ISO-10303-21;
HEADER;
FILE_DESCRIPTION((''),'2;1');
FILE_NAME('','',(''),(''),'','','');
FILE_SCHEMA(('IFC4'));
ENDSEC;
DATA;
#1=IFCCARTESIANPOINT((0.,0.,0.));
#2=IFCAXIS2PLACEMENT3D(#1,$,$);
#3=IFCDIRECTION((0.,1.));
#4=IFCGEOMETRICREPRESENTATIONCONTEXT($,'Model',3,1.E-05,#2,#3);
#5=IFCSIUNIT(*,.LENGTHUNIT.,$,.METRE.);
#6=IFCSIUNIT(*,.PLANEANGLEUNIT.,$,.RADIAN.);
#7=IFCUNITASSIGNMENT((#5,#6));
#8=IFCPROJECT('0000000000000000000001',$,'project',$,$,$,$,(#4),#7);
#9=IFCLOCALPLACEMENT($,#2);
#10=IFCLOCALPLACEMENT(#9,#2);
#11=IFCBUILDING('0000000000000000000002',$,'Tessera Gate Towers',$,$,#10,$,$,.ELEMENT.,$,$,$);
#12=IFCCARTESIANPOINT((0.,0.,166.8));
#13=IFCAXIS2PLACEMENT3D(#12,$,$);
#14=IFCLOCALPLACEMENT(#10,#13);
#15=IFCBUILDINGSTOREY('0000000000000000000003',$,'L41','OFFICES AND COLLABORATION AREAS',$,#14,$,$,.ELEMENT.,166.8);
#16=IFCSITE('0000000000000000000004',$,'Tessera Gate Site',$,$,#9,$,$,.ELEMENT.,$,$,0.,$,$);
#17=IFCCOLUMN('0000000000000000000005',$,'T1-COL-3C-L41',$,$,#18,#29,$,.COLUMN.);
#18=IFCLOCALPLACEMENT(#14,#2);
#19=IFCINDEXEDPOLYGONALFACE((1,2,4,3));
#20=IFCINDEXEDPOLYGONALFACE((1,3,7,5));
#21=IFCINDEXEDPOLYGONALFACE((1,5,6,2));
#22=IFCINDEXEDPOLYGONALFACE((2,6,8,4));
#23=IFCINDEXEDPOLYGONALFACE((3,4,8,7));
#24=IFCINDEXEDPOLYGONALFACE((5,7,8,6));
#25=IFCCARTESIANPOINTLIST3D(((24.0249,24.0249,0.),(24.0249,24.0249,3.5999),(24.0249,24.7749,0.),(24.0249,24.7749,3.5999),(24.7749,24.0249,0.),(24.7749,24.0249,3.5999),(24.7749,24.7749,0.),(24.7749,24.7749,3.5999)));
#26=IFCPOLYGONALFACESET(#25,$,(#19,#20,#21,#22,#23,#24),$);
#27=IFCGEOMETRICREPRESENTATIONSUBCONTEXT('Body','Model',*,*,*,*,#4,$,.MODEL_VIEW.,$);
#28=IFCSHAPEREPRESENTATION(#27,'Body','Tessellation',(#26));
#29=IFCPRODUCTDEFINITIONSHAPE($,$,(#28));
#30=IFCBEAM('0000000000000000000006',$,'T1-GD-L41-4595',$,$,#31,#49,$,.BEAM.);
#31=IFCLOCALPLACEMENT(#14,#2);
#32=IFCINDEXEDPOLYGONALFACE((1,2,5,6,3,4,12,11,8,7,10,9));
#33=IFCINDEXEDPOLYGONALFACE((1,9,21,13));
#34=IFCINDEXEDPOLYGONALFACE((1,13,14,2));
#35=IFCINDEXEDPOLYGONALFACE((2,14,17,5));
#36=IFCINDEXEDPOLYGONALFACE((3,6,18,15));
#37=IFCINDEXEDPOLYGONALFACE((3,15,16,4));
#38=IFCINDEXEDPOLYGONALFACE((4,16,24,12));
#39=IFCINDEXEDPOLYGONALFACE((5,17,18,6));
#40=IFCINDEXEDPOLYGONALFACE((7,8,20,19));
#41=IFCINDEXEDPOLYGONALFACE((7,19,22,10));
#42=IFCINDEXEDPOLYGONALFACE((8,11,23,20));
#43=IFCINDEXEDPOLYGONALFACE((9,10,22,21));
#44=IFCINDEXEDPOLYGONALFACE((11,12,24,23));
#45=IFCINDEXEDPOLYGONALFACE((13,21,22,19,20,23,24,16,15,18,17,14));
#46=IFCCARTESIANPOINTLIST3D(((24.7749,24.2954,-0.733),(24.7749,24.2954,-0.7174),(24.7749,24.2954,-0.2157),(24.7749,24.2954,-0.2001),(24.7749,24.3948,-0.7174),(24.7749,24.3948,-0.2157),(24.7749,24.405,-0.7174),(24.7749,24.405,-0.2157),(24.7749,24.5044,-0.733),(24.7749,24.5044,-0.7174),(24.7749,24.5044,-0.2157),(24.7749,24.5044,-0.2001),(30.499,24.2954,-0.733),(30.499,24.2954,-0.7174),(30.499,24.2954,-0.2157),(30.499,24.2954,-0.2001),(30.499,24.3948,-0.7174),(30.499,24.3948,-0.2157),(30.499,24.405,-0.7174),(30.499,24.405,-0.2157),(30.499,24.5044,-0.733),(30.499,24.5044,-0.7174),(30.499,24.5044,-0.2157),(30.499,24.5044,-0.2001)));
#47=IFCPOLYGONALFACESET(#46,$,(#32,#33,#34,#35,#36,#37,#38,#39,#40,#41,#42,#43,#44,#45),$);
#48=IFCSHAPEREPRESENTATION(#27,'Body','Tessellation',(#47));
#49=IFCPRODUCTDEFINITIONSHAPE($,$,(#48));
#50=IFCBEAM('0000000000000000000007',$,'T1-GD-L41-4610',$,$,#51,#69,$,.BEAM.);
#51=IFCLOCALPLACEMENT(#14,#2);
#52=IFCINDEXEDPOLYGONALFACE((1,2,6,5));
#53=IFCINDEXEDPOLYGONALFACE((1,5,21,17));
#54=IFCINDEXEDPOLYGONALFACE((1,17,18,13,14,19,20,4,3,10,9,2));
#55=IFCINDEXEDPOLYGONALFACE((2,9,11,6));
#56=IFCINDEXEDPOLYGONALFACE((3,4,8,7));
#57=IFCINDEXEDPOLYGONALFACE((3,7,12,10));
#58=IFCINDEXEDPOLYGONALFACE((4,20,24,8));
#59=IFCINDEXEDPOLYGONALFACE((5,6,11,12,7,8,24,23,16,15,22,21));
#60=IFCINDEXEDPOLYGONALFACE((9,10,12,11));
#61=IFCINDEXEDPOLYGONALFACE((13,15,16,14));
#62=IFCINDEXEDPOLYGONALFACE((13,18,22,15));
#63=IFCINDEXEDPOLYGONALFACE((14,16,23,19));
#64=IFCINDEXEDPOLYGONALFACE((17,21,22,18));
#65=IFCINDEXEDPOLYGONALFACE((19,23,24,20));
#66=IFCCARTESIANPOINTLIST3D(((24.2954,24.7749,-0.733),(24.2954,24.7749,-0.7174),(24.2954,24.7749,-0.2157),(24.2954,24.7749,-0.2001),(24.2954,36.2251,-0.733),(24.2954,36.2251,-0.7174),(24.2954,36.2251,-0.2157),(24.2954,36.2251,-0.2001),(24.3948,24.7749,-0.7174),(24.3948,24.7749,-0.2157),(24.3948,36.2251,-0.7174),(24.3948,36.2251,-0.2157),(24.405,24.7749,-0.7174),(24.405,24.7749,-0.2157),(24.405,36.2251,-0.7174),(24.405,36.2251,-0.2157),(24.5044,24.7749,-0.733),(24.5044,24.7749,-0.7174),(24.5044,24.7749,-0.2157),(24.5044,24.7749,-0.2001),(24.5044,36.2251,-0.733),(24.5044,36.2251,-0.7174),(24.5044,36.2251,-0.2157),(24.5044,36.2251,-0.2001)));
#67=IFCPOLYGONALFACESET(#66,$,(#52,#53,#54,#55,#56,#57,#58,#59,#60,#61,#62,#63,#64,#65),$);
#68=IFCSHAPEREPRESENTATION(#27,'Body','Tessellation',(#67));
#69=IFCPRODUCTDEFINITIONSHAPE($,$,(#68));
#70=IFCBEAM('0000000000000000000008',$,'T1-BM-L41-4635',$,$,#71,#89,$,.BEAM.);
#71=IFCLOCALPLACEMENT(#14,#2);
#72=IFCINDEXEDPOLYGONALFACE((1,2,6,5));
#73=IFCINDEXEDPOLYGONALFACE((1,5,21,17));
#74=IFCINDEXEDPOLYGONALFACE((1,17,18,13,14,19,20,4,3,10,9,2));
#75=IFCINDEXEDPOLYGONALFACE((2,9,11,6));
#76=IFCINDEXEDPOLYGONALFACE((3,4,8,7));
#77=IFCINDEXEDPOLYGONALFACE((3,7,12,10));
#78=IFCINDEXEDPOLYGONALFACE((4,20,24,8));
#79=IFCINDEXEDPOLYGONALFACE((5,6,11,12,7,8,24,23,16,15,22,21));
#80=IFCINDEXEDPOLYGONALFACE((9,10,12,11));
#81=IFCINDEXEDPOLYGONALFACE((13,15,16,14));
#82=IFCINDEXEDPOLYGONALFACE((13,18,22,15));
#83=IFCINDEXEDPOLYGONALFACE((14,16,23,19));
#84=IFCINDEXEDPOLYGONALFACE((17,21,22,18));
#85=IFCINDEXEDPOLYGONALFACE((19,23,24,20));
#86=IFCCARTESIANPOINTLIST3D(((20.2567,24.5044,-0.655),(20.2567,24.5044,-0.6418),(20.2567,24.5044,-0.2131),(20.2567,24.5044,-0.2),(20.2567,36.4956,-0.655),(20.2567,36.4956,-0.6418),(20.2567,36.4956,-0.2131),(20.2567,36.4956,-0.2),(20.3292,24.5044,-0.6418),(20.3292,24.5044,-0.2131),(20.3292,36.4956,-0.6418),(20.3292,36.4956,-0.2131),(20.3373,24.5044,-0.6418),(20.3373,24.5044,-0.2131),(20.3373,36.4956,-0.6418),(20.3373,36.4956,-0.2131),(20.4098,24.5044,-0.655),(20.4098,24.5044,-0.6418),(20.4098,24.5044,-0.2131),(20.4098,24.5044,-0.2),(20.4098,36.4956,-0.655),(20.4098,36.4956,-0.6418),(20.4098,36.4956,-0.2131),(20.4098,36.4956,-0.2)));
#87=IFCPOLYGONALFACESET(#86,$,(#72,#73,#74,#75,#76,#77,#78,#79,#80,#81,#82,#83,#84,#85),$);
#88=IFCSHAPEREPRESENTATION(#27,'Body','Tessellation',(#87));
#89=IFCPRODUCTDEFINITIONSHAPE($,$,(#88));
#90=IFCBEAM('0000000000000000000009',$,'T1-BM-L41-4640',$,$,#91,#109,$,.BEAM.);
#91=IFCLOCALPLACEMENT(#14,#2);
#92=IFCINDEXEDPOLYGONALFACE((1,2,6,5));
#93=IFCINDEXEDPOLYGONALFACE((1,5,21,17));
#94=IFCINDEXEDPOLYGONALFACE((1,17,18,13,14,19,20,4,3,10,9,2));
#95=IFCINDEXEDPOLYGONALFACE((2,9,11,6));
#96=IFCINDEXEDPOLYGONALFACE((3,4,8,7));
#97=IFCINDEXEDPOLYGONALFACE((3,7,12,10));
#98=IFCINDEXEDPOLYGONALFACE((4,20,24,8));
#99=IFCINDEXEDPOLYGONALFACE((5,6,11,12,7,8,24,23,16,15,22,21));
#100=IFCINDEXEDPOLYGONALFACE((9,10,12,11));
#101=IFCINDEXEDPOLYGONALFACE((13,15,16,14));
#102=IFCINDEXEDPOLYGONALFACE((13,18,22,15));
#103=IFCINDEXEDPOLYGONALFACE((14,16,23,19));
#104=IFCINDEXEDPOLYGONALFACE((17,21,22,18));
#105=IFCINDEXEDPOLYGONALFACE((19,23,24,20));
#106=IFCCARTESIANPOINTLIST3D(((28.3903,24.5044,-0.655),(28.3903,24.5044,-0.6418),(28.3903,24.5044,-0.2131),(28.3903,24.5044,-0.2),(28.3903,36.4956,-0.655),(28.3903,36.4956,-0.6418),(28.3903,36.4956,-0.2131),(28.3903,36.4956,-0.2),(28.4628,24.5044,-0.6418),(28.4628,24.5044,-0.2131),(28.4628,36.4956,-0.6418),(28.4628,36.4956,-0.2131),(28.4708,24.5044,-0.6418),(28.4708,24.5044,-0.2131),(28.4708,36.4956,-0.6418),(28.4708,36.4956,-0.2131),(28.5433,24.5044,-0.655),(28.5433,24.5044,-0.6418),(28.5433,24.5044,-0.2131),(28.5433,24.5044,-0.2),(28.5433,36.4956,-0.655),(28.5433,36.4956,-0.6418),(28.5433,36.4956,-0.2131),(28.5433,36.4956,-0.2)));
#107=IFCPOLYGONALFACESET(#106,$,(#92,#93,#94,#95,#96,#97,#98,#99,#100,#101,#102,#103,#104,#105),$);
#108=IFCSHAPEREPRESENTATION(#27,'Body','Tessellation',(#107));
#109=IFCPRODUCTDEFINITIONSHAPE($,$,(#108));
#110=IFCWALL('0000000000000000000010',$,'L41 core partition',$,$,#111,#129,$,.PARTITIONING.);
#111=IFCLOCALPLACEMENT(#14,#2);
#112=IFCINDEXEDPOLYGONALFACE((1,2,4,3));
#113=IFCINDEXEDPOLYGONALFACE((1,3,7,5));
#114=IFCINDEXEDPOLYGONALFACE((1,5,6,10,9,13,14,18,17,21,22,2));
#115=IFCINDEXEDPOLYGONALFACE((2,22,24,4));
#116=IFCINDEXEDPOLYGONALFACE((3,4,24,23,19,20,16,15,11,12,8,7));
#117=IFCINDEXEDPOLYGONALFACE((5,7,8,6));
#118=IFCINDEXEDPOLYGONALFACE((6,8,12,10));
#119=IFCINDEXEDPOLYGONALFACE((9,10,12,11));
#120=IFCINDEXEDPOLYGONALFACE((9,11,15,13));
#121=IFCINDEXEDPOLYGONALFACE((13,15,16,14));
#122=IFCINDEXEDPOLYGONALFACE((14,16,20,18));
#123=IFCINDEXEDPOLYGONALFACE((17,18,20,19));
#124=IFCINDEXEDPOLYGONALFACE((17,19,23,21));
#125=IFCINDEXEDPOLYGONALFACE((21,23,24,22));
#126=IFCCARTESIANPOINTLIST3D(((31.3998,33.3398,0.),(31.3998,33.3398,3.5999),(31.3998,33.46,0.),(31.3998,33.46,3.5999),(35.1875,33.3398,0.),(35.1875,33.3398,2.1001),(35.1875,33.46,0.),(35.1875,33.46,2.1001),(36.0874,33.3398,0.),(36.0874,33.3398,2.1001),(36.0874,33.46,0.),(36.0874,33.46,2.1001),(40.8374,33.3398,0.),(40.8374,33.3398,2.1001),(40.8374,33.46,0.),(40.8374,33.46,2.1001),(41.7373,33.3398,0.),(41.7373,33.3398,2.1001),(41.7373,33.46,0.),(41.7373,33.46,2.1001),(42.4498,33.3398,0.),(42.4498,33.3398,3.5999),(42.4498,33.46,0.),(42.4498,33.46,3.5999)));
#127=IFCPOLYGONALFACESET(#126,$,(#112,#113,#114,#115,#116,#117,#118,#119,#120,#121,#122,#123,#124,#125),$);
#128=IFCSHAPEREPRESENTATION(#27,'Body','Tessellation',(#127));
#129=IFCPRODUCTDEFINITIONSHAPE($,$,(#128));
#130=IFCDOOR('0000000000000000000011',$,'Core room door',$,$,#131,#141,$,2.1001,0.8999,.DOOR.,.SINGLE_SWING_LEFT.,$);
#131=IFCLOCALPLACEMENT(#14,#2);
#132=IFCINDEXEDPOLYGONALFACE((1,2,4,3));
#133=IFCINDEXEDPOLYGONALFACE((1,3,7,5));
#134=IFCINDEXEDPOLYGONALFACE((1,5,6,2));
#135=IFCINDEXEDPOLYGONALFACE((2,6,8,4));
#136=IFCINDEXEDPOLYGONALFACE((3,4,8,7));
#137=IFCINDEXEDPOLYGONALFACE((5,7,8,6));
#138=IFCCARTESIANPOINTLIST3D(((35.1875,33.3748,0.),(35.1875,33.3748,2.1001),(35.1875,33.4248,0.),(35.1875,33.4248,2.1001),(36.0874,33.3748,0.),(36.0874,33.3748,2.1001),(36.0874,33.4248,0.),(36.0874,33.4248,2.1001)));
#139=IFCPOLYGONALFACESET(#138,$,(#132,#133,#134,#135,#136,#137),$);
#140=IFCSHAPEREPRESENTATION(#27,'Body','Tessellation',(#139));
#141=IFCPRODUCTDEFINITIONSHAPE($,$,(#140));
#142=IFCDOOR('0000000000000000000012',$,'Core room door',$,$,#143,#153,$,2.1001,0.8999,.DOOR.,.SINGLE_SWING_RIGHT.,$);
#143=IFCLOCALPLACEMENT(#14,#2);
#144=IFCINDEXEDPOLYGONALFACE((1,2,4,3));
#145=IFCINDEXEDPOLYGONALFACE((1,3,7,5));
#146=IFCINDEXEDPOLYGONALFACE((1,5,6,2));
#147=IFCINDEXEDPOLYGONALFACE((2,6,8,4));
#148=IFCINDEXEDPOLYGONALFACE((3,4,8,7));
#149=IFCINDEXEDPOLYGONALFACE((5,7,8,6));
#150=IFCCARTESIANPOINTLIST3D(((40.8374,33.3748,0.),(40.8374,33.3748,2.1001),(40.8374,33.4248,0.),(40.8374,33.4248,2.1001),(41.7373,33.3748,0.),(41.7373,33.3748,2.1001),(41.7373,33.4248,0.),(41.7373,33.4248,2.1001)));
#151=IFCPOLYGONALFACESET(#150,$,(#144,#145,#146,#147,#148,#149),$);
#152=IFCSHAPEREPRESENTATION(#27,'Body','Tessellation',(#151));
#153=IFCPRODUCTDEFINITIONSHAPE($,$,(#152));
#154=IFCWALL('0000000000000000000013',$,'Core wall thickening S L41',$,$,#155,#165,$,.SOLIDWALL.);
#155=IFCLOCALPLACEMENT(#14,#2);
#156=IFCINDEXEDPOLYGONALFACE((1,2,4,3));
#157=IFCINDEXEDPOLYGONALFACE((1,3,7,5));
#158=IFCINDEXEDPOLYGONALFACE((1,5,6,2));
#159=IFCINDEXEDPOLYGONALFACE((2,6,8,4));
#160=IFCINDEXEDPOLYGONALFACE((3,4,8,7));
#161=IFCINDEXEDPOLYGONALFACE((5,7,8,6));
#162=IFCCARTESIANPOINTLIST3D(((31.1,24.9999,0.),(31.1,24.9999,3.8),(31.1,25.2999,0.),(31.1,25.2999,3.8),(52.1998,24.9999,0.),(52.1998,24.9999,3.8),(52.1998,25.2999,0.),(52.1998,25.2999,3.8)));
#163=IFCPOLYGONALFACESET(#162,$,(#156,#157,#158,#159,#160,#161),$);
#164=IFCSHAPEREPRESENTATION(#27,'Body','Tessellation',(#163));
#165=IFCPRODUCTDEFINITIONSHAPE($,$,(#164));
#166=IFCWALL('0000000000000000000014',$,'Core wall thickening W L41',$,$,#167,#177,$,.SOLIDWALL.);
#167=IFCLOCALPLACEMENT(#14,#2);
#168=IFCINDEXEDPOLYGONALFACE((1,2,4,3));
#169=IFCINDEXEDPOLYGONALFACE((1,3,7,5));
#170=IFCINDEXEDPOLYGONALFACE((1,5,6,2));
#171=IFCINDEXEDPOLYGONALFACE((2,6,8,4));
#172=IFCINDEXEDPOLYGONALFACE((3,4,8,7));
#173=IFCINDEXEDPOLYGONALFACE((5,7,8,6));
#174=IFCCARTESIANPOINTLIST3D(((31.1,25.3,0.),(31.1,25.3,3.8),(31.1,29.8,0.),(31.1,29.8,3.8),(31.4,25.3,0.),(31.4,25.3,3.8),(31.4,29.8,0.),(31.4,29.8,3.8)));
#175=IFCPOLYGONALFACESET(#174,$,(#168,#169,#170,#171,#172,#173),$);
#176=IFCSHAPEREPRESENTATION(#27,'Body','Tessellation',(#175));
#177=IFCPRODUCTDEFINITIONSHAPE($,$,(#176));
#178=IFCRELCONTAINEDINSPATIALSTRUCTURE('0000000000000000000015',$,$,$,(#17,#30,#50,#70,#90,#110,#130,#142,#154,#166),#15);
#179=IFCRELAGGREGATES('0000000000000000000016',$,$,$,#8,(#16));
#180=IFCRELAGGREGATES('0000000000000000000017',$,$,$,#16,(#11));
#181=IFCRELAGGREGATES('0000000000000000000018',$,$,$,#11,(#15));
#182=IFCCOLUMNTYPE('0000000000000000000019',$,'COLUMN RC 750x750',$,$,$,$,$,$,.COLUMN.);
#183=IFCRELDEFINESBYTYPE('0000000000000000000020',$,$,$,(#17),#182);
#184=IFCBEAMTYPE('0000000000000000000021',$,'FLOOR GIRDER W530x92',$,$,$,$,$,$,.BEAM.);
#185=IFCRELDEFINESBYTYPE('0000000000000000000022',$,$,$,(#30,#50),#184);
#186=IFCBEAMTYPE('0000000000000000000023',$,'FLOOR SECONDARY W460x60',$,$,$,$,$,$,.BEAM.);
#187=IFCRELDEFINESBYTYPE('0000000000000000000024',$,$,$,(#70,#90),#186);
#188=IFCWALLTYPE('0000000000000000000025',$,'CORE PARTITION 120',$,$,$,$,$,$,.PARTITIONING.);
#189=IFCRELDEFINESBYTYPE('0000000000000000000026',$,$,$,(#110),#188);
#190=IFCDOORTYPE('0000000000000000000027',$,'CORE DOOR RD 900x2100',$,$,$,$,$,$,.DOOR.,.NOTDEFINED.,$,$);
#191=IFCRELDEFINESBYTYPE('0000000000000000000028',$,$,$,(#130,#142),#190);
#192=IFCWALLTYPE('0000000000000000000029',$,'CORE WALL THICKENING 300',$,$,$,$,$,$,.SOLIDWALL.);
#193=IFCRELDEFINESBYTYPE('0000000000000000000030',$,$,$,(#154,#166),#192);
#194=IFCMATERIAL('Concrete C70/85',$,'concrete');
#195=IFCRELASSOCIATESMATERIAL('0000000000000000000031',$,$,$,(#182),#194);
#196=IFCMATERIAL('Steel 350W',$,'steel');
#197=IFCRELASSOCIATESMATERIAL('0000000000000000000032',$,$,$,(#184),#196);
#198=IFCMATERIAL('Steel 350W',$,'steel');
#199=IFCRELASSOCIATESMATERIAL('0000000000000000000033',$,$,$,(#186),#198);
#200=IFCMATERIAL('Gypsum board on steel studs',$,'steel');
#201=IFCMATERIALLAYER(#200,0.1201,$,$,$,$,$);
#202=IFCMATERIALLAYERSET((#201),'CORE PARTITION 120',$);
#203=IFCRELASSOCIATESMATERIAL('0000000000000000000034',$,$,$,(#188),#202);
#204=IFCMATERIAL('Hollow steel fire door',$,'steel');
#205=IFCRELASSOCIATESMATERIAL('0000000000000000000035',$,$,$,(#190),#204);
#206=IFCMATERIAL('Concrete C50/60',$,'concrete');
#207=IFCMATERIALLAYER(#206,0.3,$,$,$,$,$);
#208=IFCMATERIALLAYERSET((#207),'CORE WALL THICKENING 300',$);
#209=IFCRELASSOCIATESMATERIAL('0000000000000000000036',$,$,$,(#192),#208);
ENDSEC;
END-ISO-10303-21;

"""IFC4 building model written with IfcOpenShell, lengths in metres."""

from ifc_helpers import new_model, si_unit, direction, frame, frame_2d, origin, origin_2d, place, context, subcontext, project, spatial, rectangle, i_section, extrude, source, transform, mapped, material, layer, layer_set, material_profile, profile_set, type_object, element, fill, save


model = new_model("IFC4")

# Units and contexts
model_context = context("Model", 3, precision=1e-05, world=origin(), true_north=direction((0.0, 1.0)))
body_context = subcontext(model_context, "Body", "Model", "MODEL_VIEW")
ifc_project = project(units=[si_unit("LENGTHUNIT", "METRE"), si_unit("PLANEANGLEUNIT", "RADIAN")], contexts=[model_context])

# Site, building, storey
site_placement = place(None, origin())
site = spatial("IfcSite", under=ifc_project, at=site_placement, Name="Tessera Gate Site", CompositionType="ELEMENT", RefElevation=0.0)
building_placement = place(site_placement, origin())
building = spatial("IfcBuilding", under=site, at=building_placement, Name="Tessera Gate Towers", CompositionType="ELEMENT")
storey_placement = place(building_placement, frame((0.0, 0.0, 166.8)))
storey = spatial("IfcBuildingStorey", under=building, at=storey_placement, Name="L41", Description="OFFICES AND COLLABORATION AREAS", CompositionType="ELEMENT", Elevation=166.8)

# Column
ifc_material_1 = material(Name="Concrete C70/85", Category="concrete")
ifc_material_profile_1 = material_profile(ifc_material_1, rectangle(XDim=0.75, YDim=0.75, at=origin_2d()), Name="RC 750x750")
ifc_profile_set_1 = profile_set([ifc_material_profile_1], Name="Concrete C70/85")
column_type = type_object("IfcColumnType", Name="COLUMN RC 750x750", PredefinedType="COLUMN", material=ifc_profile_set_1)
column_placement = place(storey_placement, frame((24.3999, 24.3999, 0.0), z_axis=(0.0, 0.0, 1.0), x_axis=(1.0, 0.0, 0.0)))
element("IfcColumn", 1, at=column_placement, inside=storey, type_object=column_type, Name="T1-COL-3C-L41", PredefinedType="COLUMN", context=body_context, shape_type="SweptSolid", body=[
    extrude(rectangle(XDim=0.75, YDim=0.75, at=origin_2d()), origin(), (0.0, 0.0, 1.0), 3.5999),
])

# Beams
ifc_material_2 = material(Name="Steel 350W", Category="steel")
ifc_material_profile_2 = material_profile(ifc_material_2, i_section(OverallWidth=0.209, OverallDepth=0.533, WebThickness=0.0103, FlangeThickness=0.0156, at=origin_2d()), Name="W530x92")
ifc_profile_set_2 = profile_set([ifc_material_profile_2], Name="Steel 350W")
beam_type_1 = type_object("IfcBeamType", Name="FLOOR GIRDER W530x92", PredefinedType="BEAM", material=ifc_profile_set_2)
beam_1_placement = place(storey_placement, frame((24.7749, 24.3999, -0.4666), z_axis=(1.0, 0.0, 0.0), x_axis=(0.0, 1.0, 0.0)))
element("IfcBeam", 2, at=beam_1_placement, inside=storey, type_object=beam_type_1, Name="T1-GD-L41-4595", PredefinedType="BEAM", context=body_context, shape_type="SweptSolid", body=[
    extrude(i_section(OverallWidth=0.209, OverallDepth=0.533, WebThickness=0.0103, FlangeThickness=0.0156, at=origin_2d()), origin(), (0.0, 0.0, 1.0), 5.7241),
])
beam_2_placement = place(storey_placement, frame((24.3999, 24.7749, -0.4666), z_axis=(0.0, 1.0, 0.0), x_axis=(-1.0, 0.0, 0.0)))
element("IfcBeam", 3, at=beam_2_placement, inside=storey, type_object=beam_type_1, Name="T1-GD-L41-4610", PredefinedType="BEAM", context=body_context, shape_type="SweptSolid", body=[
    extrude(i_section(OverallWidth=0.209, OverallDepth=0.533, WebThickness=0.0103, FlangeThickness=0.0156, at=origin_2d()), origin(), (0.0, 0.0, 1.0), 11.4502),
])
ifc_material_3 = material(Name="Steel 350W", Category="steel")
ifc_material_profile_3 = material_profile(ifc_material_3, i_section(OverallWidth=0.1531, OverallDepth=0.4551, WebThickness=0.0081, FlangeThickness=0.0132, at=origin_2d()), Name="W460x60")
ifc_profile_set_3 = profile_set([ifc_material_profile_3], Name="Steel 350W")
beam_type_2 = type_object("IfcBeamType", Name="FLOOR SECONDARY W460x60", PredefinedType="BEAM", material=ifc_profile_set_3)
for number, where, z_axis, x_axis, name in (
    (4, (20.3333, 24.5044, -0.4275), (0.0, 1.0, 0.0), (-1.0, 0.0, 0.0), "T1-BM-L41-4635"),
    (5, (28.4668, 24.5044, -0.4275), (0.0, 1.0, 0.0), (-1.0, 0.0, 0.0), "T1-BM-L41-4640"),
):
    element("IfcBeam", number, at=place(storey_placement, frame(where, z_axis=z_axis, x_axis=x_axis)), inside=storey, type_object=beam_type_2, Name=name, PredefinedType="BEAM", context=body_context, shape_type="SweptSolid", body=[
        extrude(i_section(OverallWidth=0.1531, OverallDepth=0.4551, WebThickness=0.0081, FlangeThickness=0.0132, at=origin_2d()), origin(), (0.0, 0.0, 1.0), 11.9912),
    ])

# Wall, openings, doors
ifc_material_4 = material(Name="Gypsum board on steel studs", Category="steel")
ifc_layer_1 = layer(ifc_material_4, 0.1201)
ifc_layer_set_1 = layer_set([ifc_layer_1], Name="CORE PARTITION 120")
wall_type_1 = type_object("IfcWallType", Name="CORE PARTITION 120", PredefinedType="PARTITIONING", material=ifc_layer_set_1)
wall_1_placement = place(storey_placement, frame((31.3999, 33.3999, 0.0), z_axis=(0.0, 0.0, 1.0), x_axis=(1.0, 0.0, 0.0)))
wall_1 = element("IfcWall", 6, at=wall_1_placement, inside=storey, type_object=wall_type_1, Name="L41 core partition", PredefinedType="PARTITIONING", context=body_context, shape_type="SweptSolid", body=[
    extrude(rectangle(XDim=11.05, YDim=0.1201, at=frame_2d((5.5249, 0.0))), origin(), (0.0, 0.0, 1.0), 3.5999),
])
shared_shape_1 = source(origin(), body_context, "Body", "SweptSolid", [
    extrude(rectangle(XDim=0.8999, YDim=2.1001, at=frame_2d((0.45, 1.05))), frame((0.0, 0.0701, 0.0), z_axis=(0.0, -1.0, 0.0), x_axis=(1.0, 0.0, 0.0)), (0.0, 0.0, 1.0), 0.1401),
])
opening_1_placement = place(wall_1_placement, frame((3.7876, 0.0, 0.0)))
opening_1 = element("IfcOpeningElement", 7, at=opening_1_placement, cuts=wall_1, PredefinedType="OPENING", context=body_context, shape_type="MappedRepresentation", body=[
    mapped(shared_shape_1, transform((0.0, 0.0, 0.0), scale=1.0)),
])
opening_2_placement = place(wall_1_placement, frame((9.4375, 0.0, 0.0)))
opening_2 = element("IfcOpeningElement", 8, at=opening_2_placement, cuts=wall_1, PredefinedType="OPENING", context=body_context, shape_type="MappedRepresentation", body=[
    mapped(shared_shape_1, transform((0.0, 0.0, 0.0), scale=1.0)),
])
ifc_material_5 = material(Name="Hollow steel fire door", Category="steel")
door_type_1 = type_object("IfcDoorType", Name="CORE DOOR RD 900x2100", OperationType="NOTDEFINED", PredefinedType="DOOR", material=ifc_material_5)
shared_shape_2 = source(origin(), body_context, "Body", "SweptSolid", [
    extrude(rectangle(XDim=0.8999, YDim=2.1001, at=frame_2d((0.45, 1.05))), frame((0.0, 0.0249, 0.0), z_axis=(0.0, -1.0, 0.0), x_axis=(1.0, 0.0, 0.0)), (0.0, 0.0, 1.0), 0.05),
])
door_1_placement = place(opening_1_placement, origin())
door_1 = element("IfcDoor", 9, at=door_1_placement, inside=storey, type_object=door_type_1, Name="Core room door", OperationType="SINGLE_SWING_LEFT", OverallHeight=2.1001, OverallWidth=0.8999, PredefinedType="DOOR", context=body_context, shape_type="MappedRepresentation", body=[
    mapped(shared_shape_2, transform((0.0, 0.0, 0.0), scale=1.0)),
])
fill(opening_1, door_1)
door_2_placement = place(opening_2_placement, origin())
door_2 = element("IfcDoor", 10, at=door_2_placement, inside=storey, type_object=door_type_1, Name="Core room door", OperationType="SINGLE_SWING_RIGHT", OverallHeight=2.1001, OverallWidth=0.8999, PredefinedType="DOOR", context=body_context, shape_type="MappedRepresentation", body=[
    mapped(shared_shape_2, transform((0.0, 0.0, 0.0), scale=1.0)),
])
fill(opening_2, door_2)

# Walls
ifc_material_6 = material(Name="Concrete C50/60", Category="concrete")
ifc_layer_2 = layer(ifc_material_6, 0.3)
ifc_layer_set_2 = layer_set([ifc_layer_2], Name="CORE WALL THICKENING 300")
wall_type_2 = type_object("IfcWallType", Name="CORE WALL THICKENING 300", PredefinedType="SOLIDWALL", material=ifc_layer_set_2)
wall_2_placement = place(storey_placement, frame((31.1001, 25.1499, 0.0), z_axis=(0.0, 0.0, 1.0), x_axis=(1.0, 0.0, 0.0)))
element("IfcWall", 11, at=wall_2_placement, inside=storey, type_object=wall_type_2, Name="Core wall thickening S L41", PredefinedType="SOLIDWALL", context=body_context, shape_type="SweptSolid", body=[
    extrude(rectangle(XDim=21.0999, YDim=0.3, at=frame_2d((10.5498, 0.0))), origin(), (0.0, 0.0, 1.0), 3.8),
])
wall_3_placement = place(storey_placement, frame((31.25, 25.3, 0.0), z_axis=(0.0, 0.0, 1.0), x_axis=(0.0, 1.0, 0.0)))
element("IfcWall", 12, at=wall_3_placement, inside=storey, type_object=wall_type_2, Name="Core wall thickening W L41", PredefinedType="SOLIDWALL", context=body_context, shape_type="SweptSolid", body=[
    extrude(rectangle(XDim=4.5, YDim=0.3, at=frame_2d((2.25, 0.0))), origin(), (0.0, 0.0, 1.0), 3.8),
])

save(model, "model.ifc")
